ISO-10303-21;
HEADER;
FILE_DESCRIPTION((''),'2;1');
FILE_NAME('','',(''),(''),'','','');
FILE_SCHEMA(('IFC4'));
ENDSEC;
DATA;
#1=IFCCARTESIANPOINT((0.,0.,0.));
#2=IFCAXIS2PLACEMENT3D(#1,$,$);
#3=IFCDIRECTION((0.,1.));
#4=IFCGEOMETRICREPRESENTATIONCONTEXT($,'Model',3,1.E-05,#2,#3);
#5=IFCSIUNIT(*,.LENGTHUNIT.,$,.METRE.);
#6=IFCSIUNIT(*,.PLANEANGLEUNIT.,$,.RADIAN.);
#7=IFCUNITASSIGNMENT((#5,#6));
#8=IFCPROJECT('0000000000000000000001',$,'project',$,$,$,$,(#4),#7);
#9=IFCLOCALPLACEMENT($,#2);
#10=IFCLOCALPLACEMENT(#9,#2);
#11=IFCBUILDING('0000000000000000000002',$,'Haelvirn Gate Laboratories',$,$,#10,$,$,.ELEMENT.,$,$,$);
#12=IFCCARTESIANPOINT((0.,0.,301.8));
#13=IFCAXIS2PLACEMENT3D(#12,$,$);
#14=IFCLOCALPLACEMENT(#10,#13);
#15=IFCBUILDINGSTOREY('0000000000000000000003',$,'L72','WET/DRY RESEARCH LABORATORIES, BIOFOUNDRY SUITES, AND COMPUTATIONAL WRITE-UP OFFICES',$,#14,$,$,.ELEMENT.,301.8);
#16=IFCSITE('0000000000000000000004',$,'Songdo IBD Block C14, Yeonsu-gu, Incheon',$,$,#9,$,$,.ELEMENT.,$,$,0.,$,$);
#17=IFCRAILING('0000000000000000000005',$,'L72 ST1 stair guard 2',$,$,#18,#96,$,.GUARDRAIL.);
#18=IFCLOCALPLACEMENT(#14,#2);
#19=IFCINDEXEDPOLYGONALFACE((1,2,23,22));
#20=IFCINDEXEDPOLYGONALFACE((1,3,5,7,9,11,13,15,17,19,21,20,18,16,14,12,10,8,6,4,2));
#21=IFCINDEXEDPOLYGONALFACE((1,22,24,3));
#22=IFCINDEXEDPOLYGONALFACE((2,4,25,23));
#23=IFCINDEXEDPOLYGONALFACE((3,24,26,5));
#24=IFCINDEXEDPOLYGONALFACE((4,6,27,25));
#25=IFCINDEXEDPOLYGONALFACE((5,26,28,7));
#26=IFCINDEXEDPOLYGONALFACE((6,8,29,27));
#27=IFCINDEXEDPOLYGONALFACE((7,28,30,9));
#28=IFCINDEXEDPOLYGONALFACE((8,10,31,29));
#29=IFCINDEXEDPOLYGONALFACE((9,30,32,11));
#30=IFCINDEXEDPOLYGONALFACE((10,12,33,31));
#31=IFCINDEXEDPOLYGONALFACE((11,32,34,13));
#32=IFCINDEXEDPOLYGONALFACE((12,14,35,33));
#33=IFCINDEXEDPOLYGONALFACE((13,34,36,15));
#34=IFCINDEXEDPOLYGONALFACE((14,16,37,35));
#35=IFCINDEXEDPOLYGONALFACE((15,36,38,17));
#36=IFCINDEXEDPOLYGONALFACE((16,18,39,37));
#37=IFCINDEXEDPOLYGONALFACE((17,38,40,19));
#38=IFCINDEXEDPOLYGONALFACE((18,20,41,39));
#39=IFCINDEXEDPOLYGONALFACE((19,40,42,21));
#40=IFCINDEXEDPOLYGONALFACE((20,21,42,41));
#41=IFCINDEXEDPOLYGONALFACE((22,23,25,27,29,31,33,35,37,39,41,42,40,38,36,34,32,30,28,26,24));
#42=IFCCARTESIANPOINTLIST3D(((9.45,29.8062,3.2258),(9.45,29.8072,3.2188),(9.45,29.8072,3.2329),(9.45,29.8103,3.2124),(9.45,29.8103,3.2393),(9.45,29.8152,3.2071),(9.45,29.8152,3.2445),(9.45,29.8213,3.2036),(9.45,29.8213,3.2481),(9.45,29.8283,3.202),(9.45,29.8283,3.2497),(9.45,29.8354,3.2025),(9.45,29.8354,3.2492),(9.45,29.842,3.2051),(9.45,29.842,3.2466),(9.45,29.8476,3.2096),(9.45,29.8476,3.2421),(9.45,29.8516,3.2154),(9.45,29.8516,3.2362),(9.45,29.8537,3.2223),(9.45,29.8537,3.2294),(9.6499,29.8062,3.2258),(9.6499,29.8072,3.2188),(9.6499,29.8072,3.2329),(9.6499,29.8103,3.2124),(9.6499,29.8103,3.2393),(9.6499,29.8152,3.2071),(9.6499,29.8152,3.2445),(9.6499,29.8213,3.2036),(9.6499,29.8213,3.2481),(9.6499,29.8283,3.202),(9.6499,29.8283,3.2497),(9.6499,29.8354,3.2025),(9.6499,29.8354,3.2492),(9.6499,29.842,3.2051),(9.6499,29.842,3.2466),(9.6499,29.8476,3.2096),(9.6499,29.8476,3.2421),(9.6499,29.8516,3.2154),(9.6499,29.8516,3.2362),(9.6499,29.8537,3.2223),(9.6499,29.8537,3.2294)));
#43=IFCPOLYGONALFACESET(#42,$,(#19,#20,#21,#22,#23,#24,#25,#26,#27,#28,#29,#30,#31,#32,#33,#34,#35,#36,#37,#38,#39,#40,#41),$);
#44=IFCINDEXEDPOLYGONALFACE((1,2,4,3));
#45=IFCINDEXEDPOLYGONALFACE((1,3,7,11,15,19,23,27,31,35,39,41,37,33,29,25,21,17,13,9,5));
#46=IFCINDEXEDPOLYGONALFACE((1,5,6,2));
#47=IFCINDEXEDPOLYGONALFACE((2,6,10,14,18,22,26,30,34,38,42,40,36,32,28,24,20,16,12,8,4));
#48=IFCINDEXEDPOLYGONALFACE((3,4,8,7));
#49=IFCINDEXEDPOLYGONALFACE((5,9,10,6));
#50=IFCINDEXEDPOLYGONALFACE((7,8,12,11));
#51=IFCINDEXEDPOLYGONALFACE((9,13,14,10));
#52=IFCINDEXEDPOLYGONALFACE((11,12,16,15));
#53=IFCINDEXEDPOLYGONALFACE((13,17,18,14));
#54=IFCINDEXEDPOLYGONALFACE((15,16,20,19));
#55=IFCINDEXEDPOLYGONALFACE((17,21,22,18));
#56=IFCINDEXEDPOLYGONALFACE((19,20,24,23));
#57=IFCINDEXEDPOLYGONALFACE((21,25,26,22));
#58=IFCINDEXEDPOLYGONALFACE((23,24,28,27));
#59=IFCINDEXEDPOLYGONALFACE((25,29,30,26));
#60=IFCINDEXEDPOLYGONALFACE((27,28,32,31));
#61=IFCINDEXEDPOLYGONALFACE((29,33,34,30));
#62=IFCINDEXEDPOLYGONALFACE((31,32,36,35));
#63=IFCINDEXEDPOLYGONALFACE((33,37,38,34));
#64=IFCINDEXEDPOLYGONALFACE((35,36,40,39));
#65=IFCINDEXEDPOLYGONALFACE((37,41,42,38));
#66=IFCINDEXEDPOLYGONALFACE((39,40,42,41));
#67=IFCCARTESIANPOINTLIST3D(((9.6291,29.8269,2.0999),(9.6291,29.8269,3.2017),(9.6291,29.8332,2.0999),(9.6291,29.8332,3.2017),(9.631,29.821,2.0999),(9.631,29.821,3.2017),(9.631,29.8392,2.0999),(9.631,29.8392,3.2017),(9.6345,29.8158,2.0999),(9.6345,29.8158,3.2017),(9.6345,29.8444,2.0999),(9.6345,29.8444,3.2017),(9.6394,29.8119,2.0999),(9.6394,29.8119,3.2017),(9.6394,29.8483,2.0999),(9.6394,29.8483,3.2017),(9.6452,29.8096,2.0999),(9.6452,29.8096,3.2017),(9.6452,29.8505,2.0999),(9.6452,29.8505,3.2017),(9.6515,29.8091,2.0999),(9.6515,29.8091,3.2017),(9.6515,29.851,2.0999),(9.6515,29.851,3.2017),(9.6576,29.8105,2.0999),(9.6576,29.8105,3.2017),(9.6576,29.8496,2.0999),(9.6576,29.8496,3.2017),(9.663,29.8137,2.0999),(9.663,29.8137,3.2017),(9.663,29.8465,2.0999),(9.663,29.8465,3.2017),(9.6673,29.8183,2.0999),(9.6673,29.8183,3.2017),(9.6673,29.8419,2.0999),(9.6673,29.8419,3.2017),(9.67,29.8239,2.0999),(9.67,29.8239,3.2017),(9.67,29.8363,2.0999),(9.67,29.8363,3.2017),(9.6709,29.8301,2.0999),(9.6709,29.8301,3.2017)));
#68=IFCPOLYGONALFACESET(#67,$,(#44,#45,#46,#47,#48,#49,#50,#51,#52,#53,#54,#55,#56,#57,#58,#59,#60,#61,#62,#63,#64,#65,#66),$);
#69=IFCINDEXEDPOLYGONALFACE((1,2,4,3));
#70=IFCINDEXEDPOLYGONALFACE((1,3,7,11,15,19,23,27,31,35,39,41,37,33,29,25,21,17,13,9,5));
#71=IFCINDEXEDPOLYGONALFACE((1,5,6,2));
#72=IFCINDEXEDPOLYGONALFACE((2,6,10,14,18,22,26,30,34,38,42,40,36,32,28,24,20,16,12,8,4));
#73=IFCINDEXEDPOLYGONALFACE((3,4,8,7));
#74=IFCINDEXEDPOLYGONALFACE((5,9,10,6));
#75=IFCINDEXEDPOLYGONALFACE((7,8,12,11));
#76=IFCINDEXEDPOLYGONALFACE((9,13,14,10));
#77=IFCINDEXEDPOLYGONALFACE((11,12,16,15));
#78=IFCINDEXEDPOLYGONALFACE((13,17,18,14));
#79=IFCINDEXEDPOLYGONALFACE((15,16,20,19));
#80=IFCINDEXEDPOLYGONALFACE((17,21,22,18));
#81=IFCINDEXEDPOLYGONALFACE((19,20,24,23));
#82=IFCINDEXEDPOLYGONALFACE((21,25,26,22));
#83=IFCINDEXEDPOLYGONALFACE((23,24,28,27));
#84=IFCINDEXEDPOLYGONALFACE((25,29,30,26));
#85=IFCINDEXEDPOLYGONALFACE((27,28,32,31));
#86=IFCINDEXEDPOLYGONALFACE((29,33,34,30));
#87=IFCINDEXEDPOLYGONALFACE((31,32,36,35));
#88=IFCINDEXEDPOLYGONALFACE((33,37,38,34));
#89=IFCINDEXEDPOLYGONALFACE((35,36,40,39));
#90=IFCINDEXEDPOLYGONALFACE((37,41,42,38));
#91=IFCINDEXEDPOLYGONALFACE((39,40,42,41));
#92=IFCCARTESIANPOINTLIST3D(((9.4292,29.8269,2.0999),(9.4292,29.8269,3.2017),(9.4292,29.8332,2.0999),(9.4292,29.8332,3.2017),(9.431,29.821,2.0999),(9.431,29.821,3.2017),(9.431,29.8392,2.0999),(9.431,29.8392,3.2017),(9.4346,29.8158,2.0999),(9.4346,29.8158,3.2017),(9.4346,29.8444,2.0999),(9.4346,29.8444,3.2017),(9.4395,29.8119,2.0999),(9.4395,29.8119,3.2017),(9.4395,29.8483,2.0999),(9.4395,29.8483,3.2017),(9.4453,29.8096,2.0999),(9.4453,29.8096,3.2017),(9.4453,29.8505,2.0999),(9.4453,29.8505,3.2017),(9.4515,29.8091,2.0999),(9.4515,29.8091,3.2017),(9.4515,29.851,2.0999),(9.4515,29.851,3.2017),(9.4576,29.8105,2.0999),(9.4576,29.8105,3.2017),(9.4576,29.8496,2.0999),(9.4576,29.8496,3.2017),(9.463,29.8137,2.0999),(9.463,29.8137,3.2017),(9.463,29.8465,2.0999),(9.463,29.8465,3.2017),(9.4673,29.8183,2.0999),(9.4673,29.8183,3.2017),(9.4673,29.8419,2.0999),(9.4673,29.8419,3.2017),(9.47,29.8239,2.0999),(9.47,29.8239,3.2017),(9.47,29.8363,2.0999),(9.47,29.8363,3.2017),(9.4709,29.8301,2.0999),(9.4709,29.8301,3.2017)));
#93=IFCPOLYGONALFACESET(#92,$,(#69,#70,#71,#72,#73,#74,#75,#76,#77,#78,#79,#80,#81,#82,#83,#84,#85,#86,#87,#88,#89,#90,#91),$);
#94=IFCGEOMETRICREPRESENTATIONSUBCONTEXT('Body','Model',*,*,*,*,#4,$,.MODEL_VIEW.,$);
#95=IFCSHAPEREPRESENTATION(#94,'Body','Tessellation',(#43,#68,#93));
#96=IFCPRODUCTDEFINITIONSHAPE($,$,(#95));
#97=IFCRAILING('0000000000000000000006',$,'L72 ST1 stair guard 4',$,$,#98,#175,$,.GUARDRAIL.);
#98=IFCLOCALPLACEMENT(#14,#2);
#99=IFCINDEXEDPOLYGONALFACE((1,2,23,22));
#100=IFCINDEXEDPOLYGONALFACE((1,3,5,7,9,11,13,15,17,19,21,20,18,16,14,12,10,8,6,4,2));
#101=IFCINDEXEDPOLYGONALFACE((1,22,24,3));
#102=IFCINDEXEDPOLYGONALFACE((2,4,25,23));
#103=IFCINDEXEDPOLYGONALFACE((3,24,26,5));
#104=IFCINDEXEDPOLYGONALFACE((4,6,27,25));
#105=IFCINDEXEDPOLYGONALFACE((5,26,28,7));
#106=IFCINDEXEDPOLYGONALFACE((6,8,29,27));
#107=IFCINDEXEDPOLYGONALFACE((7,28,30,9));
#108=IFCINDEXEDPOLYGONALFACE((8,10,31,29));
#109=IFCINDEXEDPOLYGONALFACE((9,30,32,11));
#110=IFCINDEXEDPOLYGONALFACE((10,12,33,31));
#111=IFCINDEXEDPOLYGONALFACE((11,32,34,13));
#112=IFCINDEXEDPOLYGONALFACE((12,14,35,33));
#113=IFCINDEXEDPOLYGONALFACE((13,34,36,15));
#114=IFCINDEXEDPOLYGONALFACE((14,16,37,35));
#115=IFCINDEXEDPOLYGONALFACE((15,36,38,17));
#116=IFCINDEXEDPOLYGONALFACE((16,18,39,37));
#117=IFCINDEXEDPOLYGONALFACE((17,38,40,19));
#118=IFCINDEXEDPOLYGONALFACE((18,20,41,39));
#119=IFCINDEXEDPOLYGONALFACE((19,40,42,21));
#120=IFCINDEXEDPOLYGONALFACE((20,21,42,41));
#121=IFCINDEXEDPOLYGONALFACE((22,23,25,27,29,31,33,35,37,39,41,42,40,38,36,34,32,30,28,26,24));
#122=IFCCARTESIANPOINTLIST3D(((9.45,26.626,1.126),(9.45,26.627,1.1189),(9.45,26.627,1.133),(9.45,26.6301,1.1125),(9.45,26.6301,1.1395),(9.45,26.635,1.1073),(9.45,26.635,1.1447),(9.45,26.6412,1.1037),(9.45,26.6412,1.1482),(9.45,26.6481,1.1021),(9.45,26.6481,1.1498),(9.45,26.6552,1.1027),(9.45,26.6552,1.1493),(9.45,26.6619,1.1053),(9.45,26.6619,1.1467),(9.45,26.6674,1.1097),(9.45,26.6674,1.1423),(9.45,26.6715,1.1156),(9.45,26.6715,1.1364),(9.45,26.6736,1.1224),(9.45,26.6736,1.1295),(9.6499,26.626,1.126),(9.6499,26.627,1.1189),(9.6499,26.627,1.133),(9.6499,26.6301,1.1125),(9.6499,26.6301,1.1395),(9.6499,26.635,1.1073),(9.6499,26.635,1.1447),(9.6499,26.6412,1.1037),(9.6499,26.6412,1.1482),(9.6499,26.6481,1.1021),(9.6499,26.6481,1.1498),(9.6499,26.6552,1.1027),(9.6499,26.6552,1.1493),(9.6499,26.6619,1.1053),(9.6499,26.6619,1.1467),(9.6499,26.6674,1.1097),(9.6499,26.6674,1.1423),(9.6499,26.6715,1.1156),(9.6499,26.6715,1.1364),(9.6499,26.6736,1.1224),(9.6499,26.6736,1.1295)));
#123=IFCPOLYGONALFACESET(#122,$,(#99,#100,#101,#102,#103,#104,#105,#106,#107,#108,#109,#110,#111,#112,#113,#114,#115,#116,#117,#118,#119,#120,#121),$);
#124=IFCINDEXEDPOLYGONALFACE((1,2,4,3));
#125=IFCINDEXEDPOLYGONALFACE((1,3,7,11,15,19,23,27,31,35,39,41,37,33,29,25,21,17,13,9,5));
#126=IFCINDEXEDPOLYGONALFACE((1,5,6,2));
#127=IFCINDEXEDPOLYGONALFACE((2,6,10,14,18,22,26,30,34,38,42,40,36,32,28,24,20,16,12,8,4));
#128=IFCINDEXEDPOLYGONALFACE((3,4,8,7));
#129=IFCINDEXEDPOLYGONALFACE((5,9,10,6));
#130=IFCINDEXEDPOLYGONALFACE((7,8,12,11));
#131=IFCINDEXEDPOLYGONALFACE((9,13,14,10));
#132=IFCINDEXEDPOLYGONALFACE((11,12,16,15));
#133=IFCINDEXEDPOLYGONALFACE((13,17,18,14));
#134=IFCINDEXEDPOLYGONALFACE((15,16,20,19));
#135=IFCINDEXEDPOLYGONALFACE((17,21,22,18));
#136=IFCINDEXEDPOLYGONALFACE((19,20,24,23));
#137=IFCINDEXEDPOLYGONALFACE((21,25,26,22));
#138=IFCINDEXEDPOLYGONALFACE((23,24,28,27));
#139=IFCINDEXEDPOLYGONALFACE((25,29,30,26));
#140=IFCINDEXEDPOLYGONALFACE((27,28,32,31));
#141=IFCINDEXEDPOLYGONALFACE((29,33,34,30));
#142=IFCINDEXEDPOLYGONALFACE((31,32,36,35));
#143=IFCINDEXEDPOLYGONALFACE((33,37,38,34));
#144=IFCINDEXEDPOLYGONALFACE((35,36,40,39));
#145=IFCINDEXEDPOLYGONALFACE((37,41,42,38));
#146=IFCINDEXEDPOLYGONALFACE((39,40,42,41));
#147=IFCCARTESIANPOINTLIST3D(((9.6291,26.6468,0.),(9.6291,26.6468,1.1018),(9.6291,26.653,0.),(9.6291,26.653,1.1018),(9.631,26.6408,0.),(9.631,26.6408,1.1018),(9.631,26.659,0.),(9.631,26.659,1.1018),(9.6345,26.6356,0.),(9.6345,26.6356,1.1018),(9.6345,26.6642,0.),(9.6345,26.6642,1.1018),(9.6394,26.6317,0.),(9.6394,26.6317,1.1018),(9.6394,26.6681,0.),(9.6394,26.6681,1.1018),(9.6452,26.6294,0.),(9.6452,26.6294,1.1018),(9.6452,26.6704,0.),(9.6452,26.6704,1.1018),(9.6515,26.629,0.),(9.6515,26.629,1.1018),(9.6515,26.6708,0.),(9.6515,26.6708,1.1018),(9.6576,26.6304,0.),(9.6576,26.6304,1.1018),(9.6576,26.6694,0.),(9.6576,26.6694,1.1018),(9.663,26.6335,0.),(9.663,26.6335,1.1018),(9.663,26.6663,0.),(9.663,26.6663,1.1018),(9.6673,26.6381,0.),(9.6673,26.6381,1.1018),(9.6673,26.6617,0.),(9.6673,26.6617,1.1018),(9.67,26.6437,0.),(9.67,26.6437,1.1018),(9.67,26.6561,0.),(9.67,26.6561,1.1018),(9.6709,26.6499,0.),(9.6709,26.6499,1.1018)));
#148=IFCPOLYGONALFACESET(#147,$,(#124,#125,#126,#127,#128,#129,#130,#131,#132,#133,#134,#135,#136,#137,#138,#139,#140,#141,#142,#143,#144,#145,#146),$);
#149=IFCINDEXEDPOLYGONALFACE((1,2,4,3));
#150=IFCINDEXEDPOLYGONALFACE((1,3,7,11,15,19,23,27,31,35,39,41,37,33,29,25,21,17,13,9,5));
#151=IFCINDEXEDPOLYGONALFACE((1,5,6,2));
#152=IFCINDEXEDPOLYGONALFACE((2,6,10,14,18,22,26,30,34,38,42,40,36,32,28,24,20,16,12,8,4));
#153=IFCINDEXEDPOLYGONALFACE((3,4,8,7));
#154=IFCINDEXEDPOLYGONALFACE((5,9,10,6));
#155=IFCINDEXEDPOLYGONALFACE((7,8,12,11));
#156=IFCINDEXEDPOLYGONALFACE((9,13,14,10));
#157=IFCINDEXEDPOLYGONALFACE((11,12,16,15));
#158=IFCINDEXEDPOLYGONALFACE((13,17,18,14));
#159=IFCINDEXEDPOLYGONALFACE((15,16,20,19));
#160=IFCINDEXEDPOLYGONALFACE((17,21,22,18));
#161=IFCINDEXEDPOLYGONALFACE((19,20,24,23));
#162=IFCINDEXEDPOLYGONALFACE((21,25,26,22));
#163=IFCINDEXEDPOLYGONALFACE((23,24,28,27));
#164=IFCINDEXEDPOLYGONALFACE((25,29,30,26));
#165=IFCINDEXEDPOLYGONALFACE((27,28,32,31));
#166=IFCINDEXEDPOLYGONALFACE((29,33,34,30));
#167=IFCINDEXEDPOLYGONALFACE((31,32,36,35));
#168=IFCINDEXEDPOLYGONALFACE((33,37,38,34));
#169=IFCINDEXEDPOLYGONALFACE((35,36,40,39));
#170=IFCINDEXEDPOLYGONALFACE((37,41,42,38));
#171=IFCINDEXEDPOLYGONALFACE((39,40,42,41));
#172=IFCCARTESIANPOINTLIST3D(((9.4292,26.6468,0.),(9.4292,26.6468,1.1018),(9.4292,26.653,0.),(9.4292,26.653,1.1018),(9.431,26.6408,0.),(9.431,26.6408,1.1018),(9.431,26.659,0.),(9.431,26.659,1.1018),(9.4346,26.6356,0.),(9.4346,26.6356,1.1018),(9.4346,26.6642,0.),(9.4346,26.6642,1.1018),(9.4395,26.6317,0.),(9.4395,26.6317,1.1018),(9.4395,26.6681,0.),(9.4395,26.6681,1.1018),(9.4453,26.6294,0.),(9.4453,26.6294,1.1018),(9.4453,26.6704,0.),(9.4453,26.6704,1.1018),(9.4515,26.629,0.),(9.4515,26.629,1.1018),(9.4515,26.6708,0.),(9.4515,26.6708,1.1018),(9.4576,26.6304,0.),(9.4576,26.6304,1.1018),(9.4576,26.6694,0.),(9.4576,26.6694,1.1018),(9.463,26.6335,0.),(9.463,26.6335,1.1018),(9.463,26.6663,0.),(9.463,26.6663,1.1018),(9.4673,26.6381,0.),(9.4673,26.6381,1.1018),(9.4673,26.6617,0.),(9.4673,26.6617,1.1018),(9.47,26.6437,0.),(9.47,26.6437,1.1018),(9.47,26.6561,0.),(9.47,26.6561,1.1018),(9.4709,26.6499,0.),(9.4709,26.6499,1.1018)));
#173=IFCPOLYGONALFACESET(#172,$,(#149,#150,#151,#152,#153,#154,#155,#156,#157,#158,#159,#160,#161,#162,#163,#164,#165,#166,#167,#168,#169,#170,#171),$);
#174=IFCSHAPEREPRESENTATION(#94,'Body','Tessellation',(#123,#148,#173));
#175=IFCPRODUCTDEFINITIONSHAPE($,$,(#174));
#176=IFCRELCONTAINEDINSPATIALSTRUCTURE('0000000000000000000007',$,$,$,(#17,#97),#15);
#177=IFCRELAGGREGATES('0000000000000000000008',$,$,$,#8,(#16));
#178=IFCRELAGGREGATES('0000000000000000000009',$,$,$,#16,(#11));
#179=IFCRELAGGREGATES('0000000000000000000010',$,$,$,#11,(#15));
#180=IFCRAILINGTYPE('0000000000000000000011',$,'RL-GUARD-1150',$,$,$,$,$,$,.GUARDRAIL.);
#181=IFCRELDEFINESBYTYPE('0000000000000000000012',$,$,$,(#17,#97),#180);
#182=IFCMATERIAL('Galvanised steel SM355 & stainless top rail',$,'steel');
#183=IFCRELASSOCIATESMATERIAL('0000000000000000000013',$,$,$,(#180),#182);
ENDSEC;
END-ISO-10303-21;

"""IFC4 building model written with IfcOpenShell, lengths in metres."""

from ifc_helpers import new_model, si_unit, direction, frame, origin, origin_2d, place, context, subcontext, project, spatial, circle, extrude, source, transform, mapped, material, type_object, element, save


model = new_model("IFC4")

# Units and contexts
model_context = context("Model", 3, precision=1e-05, world=origin(), true_north=direction((0.0, 1.0)))
body_context = subcontext(model_context, "Body", "Model", "MODEL_VIEW")
ifc_project = project(units=[si_unit("LENGTHUNIT", "METRE"), si_unit("PLANEANGLEUNIT", "RADIAN")], contexts=[model_context])

# Site, building, storey
site_placement = place(None, origin())
site = spatial("IfcSite", under=ifc_project, at=site_placement, Name="Songdo IBD Block C14, Yeonsu-gu, Incheon", CompositionType="ELEMENT", RefElevation=0.0)
building_placement = place(site_placement, origin())
building = spatial("IfcBuilding", under=site, at=building_placement, Name="Haelvirn Gate Laboratories", CompositionType="ELEMENT")
storey_placement = place(building_placement, frame((0.0, 0.0, 301.8)))
storey = spatial("IfcBuildingStorey", under=building, at=storey_placement, Name="L72", Description="WET/DRY RESEARCH LABORATORIES, BIOFOUNDRY SUITES, AND COMPUTATIONAL WRITE-UP OFFICES", CompositionType="ELEMENT", Elevation=301.8)

# Railings
ifc_material_1 = material(Name="Galvanised steel SM355 & stainless top rail", Category="steel")
railing_type_1 = type_object("IfcRailingType", Name="RL-GUARD-1150", PredefinedType="GUARDRAIL", material=ifc_material_1)
shared_shape_1 = source(origin(), body_context, "Body", "SweptSolid", [
    extrude(circle(Radius=0.0239, at=origin_2d()), frame((0.0, 0.0, 1.126), z_axis=(-1.0, 0.0, 0.0), x_axis=(0.0, -1.0, 0.0)), (0.0, 0.0, 1.0), 0.2),
    extrude(circle(Radius=0.021, at=origin_2d()), origin(), (0.0, 0.0, 1.0), 1.1018),
    extrude(circle(Radius=0.021, at=origin_2d()), frame((-0.2, 0.0, 0.0)), (0.0, 0.0, 1.0), 1.1018),
])
for number, where, name in (
    (1, (9.6499, 29.8301, 2.0999), "L72 ST1 stair guard 2"),
    (2, (9.6499, 26.6499, 0.0), "L72 ST1 stair guard 4"),
):
    element("IfcRailing", number, at=place(storey_placement, frame(where)), inside=storey, type_object=railing_type_1, Name=name, PredefinedType="GUARDRAIL", context=body_context, shape_type="MappedRepresentation", body=[
        mapped(shared_shape_1, transform((0.0, 0.0, 0.0), scale=1.0)),
    ])

save(model, "model.ifc")
